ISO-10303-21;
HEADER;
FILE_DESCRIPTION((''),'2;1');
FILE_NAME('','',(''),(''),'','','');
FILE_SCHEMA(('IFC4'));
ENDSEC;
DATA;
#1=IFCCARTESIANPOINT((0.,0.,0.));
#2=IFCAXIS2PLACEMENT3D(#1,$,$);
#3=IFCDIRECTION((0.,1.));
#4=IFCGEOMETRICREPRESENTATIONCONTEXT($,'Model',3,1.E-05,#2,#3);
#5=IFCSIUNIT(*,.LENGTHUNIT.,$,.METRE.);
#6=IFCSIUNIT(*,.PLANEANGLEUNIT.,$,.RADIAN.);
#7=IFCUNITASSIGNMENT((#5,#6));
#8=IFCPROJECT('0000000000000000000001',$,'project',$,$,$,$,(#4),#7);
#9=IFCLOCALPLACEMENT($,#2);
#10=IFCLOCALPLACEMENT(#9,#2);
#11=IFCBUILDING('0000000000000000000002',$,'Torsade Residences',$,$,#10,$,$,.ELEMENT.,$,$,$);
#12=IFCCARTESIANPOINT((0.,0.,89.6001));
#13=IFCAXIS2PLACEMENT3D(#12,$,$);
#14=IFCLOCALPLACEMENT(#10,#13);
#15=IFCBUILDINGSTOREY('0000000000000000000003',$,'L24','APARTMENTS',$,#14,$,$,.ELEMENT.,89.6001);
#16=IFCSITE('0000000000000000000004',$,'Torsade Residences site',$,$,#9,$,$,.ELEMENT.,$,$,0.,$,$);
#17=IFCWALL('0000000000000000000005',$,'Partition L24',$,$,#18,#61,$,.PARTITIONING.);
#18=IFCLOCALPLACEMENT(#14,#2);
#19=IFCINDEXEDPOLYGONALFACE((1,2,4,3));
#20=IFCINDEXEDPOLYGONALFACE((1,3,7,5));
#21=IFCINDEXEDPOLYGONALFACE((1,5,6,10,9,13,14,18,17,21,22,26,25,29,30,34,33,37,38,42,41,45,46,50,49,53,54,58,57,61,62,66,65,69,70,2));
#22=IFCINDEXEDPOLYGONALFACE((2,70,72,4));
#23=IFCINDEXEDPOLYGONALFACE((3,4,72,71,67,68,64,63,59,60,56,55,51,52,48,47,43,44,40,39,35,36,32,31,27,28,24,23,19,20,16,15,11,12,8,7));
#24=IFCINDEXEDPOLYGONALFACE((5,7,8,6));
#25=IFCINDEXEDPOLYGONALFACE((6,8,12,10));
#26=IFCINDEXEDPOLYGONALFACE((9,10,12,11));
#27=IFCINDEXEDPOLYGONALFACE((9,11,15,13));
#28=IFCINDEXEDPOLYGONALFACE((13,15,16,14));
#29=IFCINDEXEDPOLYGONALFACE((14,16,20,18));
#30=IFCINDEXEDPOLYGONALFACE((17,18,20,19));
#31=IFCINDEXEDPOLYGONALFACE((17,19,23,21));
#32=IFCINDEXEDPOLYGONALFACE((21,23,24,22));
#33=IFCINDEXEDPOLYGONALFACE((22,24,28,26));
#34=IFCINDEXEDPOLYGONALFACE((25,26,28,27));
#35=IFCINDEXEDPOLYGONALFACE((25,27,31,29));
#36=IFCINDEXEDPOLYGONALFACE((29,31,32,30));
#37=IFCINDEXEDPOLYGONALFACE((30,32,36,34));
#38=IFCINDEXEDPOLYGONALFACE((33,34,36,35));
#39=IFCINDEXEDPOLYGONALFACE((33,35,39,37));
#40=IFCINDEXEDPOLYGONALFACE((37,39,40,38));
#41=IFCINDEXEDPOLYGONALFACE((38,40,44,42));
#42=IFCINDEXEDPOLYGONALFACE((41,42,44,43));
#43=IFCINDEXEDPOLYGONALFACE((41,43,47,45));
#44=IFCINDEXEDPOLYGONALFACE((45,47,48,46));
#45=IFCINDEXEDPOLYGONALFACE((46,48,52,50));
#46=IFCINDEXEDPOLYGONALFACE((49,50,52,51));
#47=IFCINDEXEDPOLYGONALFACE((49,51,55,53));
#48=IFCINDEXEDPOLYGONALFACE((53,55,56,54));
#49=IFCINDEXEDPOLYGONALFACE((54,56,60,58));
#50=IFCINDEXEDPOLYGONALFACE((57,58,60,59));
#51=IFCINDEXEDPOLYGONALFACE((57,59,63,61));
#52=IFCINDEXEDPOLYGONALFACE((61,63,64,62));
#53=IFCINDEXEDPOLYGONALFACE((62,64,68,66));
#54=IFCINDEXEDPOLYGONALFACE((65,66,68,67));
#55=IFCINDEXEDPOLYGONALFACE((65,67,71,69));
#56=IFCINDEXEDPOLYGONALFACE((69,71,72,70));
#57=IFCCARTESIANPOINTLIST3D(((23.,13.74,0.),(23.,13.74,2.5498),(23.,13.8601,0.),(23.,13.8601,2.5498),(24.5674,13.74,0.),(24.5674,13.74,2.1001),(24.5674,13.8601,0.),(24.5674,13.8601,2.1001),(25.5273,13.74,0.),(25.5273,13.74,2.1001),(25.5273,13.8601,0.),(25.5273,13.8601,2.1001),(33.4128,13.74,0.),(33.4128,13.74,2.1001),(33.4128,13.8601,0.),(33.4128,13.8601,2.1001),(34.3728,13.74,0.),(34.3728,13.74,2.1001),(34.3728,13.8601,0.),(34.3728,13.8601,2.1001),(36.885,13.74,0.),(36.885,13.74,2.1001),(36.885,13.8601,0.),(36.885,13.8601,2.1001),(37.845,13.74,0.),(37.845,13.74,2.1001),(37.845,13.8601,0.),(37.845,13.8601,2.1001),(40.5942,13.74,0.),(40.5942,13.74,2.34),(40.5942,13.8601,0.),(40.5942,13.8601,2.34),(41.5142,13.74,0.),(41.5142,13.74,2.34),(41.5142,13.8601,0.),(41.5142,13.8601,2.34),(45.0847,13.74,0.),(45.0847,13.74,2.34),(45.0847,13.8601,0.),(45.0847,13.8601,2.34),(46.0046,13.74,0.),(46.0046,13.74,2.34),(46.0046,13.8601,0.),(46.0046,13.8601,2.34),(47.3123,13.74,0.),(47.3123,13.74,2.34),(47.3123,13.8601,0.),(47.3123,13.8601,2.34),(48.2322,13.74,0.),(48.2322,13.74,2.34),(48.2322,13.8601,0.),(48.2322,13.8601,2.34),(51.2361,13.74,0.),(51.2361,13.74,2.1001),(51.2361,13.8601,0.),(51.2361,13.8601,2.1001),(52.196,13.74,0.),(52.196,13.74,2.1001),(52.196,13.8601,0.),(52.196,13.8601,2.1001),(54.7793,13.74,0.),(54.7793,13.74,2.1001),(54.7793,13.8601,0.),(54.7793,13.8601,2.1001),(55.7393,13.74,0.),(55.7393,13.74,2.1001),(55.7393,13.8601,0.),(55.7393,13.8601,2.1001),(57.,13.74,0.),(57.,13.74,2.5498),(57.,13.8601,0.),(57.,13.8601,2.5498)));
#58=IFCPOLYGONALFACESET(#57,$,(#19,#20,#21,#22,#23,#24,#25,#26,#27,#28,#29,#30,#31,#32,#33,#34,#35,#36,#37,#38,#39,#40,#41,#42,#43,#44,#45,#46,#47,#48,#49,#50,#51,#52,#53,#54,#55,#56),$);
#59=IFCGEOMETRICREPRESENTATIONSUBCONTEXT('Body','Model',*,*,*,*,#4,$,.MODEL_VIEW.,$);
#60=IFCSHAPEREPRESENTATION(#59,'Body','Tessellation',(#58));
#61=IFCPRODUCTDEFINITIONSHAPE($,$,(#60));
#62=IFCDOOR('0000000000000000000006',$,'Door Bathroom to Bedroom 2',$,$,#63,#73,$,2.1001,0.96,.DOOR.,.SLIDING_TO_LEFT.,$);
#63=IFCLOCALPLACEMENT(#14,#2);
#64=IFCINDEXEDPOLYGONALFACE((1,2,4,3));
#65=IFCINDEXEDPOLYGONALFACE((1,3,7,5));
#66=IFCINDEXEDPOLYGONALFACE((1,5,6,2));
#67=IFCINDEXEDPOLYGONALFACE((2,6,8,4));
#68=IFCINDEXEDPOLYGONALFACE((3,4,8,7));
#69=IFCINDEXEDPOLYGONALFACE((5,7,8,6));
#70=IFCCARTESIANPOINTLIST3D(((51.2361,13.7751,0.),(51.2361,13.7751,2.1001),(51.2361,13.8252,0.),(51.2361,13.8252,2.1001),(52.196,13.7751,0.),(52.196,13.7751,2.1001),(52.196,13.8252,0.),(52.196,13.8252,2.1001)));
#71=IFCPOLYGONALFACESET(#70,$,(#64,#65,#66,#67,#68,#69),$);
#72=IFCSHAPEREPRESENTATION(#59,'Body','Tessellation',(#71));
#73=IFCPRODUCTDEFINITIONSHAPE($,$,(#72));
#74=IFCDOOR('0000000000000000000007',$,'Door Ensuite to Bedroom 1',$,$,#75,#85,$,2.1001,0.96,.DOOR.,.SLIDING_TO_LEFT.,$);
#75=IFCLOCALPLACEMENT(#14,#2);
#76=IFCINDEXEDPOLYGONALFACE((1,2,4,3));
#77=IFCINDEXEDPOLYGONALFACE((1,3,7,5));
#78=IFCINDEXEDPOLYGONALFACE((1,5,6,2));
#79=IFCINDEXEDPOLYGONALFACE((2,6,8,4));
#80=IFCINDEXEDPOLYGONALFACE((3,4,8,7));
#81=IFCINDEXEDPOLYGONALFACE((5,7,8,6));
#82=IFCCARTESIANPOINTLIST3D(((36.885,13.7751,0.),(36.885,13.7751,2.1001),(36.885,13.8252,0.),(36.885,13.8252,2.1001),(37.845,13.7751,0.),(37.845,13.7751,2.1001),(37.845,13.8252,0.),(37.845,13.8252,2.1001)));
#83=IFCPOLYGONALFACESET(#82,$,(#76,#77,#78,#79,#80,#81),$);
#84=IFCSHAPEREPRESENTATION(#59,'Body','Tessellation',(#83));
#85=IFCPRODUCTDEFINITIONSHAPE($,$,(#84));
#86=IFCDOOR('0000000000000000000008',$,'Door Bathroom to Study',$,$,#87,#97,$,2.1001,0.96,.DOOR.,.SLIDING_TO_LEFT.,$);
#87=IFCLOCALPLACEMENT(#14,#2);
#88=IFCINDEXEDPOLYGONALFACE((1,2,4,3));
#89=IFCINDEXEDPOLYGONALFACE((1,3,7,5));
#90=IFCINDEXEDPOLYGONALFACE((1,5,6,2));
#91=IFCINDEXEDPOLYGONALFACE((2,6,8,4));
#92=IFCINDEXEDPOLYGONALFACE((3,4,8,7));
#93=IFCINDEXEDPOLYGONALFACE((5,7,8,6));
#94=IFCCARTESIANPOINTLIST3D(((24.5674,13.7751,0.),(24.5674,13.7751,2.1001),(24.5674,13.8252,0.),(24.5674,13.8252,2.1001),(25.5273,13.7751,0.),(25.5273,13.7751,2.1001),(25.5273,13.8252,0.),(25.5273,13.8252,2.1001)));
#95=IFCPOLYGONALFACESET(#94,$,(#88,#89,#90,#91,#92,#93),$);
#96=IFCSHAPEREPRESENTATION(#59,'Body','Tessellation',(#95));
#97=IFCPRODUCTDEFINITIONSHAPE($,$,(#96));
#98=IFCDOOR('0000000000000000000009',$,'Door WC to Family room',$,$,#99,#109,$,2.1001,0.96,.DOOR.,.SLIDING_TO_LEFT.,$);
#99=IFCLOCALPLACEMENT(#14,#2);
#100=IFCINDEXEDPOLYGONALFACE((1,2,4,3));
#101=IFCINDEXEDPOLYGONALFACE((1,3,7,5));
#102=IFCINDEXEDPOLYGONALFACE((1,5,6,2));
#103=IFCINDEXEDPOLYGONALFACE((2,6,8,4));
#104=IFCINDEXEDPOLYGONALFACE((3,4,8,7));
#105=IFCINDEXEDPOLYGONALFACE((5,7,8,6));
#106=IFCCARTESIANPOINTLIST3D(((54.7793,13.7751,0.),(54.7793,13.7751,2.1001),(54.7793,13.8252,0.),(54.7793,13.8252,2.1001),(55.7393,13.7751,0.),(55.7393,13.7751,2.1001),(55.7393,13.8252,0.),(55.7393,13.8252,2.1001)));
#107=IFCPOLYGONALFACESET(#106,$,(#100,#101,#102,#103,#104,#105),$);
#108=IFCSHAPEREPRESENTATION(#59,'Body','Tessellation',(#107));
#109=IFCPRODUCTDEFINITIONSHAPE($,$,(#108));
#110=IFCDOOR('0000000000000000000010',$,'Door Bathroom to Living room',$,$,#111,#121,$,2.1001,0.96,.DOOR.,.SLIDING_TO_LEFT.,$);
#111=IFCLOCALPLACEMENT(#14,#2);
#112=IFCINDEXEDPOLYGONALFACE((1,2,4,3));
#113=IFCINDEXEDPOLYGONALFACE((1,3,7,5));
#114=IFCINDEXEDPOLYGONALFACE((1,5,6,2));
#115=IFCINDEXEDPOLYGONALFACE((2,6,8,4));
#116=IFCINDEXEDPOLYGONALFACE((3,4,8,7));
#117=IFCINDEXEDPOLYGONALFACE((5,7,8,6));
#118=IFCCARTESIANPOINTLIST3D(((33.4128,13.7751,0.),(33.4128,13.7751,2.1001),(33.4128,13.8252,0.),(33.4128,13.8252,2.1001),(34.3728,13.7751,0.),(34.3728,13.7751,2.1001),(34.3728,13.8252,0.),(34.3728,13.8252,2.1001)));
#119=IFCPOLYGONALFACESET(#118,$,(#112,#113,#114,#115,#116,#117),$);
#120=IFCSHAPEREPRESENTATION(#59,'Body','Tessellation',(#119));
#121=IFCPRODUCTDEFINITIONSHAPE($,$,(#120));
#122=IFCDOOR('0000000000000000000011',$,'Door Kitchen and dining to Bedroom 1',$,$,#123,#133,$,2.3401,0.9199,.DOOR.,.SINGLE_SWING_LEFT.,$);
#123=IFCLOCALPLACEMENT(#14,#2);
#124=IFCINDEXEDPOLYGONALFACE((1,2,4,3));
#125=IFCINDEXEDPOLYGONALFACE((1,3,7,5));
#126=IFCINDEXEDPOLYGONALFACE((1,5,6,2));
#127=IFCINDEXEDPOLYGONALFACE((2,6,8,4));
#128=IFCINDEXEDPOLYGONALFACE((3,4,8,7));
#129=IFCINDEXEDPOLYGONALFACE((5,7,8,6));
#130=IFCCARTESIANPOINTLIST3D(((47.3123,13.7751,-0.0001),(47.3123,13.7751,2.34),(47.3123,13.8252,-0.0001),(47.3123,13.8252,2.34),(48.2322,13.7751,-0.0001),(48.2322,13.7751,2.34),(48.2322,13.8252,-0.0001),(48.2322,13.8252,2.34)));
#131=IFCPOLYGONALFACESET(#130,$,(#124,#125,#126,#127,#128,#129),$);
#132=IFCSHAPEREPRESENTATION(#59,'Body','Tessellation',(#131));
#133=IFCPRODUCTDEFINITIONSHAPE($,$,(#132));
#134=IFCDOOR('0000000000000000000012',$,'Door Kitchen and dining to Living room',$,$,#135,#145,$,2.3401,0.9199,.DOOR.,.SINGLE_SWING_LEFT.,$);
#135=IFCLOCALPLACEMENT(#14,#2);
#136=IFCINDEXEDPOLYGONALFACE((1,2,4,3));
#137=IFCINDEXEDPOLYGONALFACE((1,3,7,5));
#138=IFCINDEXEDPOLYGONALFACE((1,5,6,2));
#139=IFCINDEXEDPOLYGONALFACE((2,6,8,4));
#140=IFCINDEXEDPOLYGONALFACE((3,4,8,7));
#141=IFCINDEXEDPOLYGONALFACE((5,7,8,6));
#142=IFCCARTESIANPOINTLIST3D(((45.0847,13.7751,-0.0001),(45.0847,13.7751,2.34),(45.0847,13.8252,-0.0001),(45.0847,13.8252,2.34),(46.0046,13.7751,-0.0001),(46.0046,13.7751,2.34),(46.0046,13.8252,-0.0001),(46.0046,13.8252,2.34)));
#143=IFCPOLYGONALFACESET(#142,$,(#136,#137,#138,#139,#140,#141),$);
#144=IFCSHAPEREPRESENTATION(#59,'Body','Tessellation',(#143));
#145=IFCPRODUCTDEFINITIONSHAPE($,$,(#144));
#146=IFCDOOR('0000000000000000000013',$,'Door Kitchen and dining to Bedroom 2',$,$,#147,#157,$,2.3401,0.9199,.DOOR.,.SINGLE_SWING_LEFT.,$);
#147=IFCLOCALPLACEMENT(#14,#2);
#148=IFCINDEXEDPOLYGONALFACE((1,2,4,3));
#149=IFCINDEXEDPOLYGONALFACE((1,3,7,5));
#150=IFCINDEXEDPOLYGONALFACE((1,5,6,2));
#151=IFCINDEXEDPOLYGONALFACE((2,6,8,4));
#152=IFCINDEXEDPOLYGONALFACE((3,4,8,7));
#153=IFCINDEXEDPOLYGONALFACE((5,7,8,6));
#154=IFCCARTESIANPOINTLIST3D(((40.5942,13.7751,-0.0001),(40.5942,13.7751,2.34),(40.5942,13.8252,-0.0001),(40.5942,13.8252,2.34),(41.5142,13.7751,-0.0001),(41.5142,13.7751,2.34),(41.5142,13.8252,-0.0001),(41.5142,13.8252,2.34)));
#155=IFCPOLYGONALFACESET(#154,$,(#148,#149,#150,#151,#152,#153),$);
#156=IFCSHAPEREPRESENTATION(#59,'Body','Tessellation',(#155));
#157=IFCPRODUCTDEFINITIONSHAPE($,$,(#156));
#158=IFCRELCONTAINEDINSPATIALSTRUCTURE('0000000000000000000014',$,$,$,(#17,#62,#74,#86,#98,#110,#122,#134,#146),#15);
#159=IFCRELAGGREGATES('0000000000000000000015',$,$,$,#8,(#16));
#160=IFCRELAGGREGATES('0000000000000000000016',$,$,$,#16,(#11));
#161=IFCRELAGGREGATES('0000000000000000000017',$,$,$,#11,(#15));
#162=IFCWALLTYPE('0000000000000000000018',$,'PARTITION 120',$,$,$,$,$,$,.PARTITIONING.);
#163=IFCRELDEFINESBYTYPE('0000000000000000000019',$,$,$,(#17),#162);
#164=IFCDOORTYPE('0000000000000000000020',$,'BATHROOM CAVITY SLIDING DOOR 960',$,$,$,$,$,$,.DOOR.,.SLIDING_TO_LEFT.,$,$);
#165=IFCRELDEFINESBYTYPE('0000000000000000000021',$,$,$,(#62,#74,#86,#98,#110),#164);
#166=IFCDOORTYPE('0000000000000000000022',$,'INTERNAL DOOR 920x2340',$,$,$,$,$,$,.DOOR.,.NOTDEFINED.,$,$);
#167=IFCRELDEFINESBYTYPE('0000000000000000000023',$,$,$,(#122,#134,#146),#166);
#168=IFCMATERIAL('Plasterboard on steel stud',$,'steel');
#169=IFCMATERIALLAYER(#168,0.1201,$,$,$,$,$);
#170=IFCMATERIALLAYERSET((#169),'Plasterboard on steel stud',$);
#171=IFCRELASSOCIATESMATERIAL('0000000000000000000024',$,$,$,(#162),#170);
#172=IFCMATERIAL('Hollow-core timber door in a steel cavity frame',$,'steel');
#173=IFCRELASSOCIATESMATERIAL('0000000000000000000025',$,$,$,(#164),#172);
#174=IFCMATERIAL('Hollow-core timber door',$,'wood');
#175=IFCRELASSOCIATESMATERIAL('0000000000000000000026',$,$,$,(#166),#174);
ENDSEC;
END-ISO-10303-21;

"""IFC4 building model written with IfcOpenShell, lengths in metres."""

from ifc_helpers import new_model, si_unit, direction, frame, frame_2d, origin, place, context, subcontext, project, spatial, rectangle, extrude, material, layer, layer_set, type_object, element, fill, save


model = new_model("IFC4")

# Units and contexts
model_context = context("Model", 3, precision=1e-05, world=origin(), true_north=direction((0.0, 1.0)))
body_context = subcontext(model_context, "Body", "Model", "MODEL_VIEW")
ifc_project = project(units=[si_unit("LENGTHUNIT", "METRE"), si_unit("PLANEANGLEUNIT", "RADIAN")], contexts=[model_context])

# Site, building, storey
site_placement = place(None, origin())
site = spatial("IfcSite", under=ifc_project, at=site_placement, Name="Torsade Residences site", CompositionType="ELEMENT", RefElevation=0.0)
building_placement = place(site_placement, origin())
building = spatial("IfcBuilding", under=site, at=building_placement, Name="Torsade Residences", CompositionType="ELEMENT")
storey_placement = place(building_placement, frame((0.0, 0.0, 89.6001)))
storey = spatial("IfcBuildingStorey", under=building, at=storey_placement, Name="L24", Description="APARTMENTS", CompositionType="ELEMENT", Elevation=89.6001)

# Wall, openings, doors
ifc_material_1 = material(Name="Plasterboard on steel stud", Category="steel")
ifc_layer_1 = layer(ifc_material_1, 0.1201)
ifc_layer_set_1 = layer_set([ifc_layer_1], Name="Plasterboard on steel stud")
wall_type_1 = type_object("IfcWallType", Name="PARTITION 120", PredefinedType="PARTITIONING", material=ifc_layer_set_1)
wall_1_placement = place(storey_placement, frame((57.0, 13.8, 0.0), z_axis=(0.0, 0.0, 1.0), x_axis=(-1.0, 0.0, 0.0)))
wall_1 = element("IfcWall", 1, at=wall_1_placement, inside=storey, type_object=wall_type_1, Name="Partition L24", PredefinedType="PARTITIONING", context=body_context, shape_type="SweptSolid", body=[
    extrude(rectangle(XDim=34.0, YDim=0.1201, at=frame_2d((17.0, 0.0))), origin(), (0.0, 0.0, 1.0), 2.5498),
])
opening_1_placement = place(wall_1_placement, frame((8.7678, 0.0, 0.0)))
opening_1 = element("IfcOpeningElement", 2, at=opening_1_placement, cuts=wall_1, PredefinedType="OPENING", context=body_context, shape_type="SweptSolid", body=[
    extrude(rectangle(XDim=0.9199, YDim=2.3401, at=frame_2d((0.46, 1.1699))), frame((0.0, 0.0701, 0.0), z_axis=(0.0, -1.0, 0.0), x_axis=(1.0, 0.0, 0.0)), (0.0, 0.0, 1.0), 0.1401),
])
opening_2_placement = place(wall_1_placement, frame((10.9954, 0.0, 0.0)))
opening_2 = element("IfcOpeningElement", 3, at=opening_2_placement, cuts=wall_1, PredefinedType="OPENING", context=body_context, shape_type="SweptSolid", body=[
    extrude(rectangle(XDim=0.9199, YDim=2.3401, at=frame_2d((0.46, 1.1699))), frame((0.0, 0.0701, 0.0), z_axis=(0.0, -1.0, 0.0), x_axis=(1.0, 0.0, 0.0)), (0.0, 0.0, 1.0), 0.1401),
])
opening_3_placement = place(wall_1_placement, frame((15.4858, 0.0, 0.0)))
opening_3 = element("IfcOpeningElement", 4, at=opening_3_placement, cuts=wall_1, PredefinedType="OPENING", context=body_context, shape_type="SweptSolid", body=[
    extrude(rectangle(XDim=0.9199, YDim=2.3401, at=frame_2d((0.46, 1.1699))), frame((0.0, 0.0701, 0.0), z_axis=(0.0, -1.0, 0.0), x_axis=(1.0, 0.0, 0.0)), (0.0, 0.0, 1.0), 0.1401),
])
opening_4_placement = place(wall_1_placement, frame((4.804, 0.0, 0.0)))
opening_4 = element("IfcOpeningElement", 5, at=opening_4_placement, cuts=wall_1, PredefinedType="OPENING", context=body_context, shape_type="SweptSolid", body=[
    extrude(rectangle(XDim=0.96, YDim=2.1001, at=frame_2d((0.48, 1.05))), frame((0.0, 0.0701, 0.0), z_axis=(0.0, -1.0, 0.0), x_axis=(1.0, 0.0, 0.0)), (0.0, 0.0, 1.0), 0.1401),
])
opening_5_placement = place(wall_1_placement, frame((19.155, 0.0, 0.0)))
opening_5 = element("IfcOpeningElement", 6, at=opening_5_placement, cuts=wall_1, PredefinedType="OPENING", context=body_context, shape_type="SweptSolid", body=[
    extrude(rectangle(XDim=0.96, YDim=2.1001, at=frame_2d((0.48, 1.05))), frame((0.0, 0.0701, 0.0), z_axis=(0.0, -1.0, 0.0), x_axis=(1.0, 0.0, 0.0)), (0.0, 0.0, 1.0), 0.1401),
])
opening_6_placement = place(wall_1_placement, frame((31.4727, 0.0, 0.0)))
opening_6 = element("IfcOpeningElement", 7, at=opening_6_placement, cuts=wall_1, PredefinedType="OPENING", context=body_context, shape_type="SweptSolid", body=[
    extrude(rectangle(XDim=0.96, YDim=2.1001, at=frame_2d((0.48, 1.05))), frame((0.0, 0.0701, 0.0), z_axis=(0.0, -1.0, 0.0), x_axis=(1.0, 0.0, 0.0)), (0.0, 0.0, 1.0), 0.1401),
])
opening_7_placement = place(wall_1_placement, frame((1.2607, 0.0, 0.0)))
opening_7 = element("IfcOpeningElement", 8, at=opening_7_placement, cuts=wall_1, PredefinedType="OPENING", context=body_context, shape_type="SweptSolid", body=[
    extrude(rectangle(XDim=0.96, YDim=2.1001, at=frame_2d((0.48, 1.05))), frame((0.0, 0.0701, 0.0), z_axis=(0.0, -1.0, 0.0), x_axis=(1.0, 0.0, 0.0)), (0.0, 0.0, 1.0), 0.1401),
])
opening_8_placement = place(wall_1_placement, frame((22.6272, 0.0, 0.0)))
opening_8 = element("IfcOpeningElement", 9, at=opening_8_placement, cuts=wall_1, PredefinedType="OPENING", context=body_context, shape_type="SweptSolid", body=[
    extrude(rectangle(XDim=0.96, YDim=2.1001, at=frame_2d((0.48, 1.05))), frame((0.0, 0.0701, 0.0), z_axis=(0.0, -1.0, 0.0), x_axis=(1.0, 0.0, 0.0)), (0.0, 0.0, 1.0), 0.1401),
])
ifc_material_2 = material(Name="Hollow-core timber door in a steel cavity frame", Category="steel")
door_type_1 = type_object("IfcDoorType", Name="BATHROOM CAVITY SLIDING DOOR 960", OperationType="SLIDING_TO_LEFT", PredefinedType="DOOR", material=ifc_material_2)
door_1_placement = place(opening_4_placement, origin())
door_1 = element("IfcDoor", 10, at=door_1_placement, inside=storey, type_object=door_type_1, Name="Door Bathroom to Bedroom 2", OperationType="SLIDING_TO_LEFT", OverallHeight=2.1001, OverallWidth=0.96, PredefinedType="DOOR", context=body_context, shape_type="SweptSolid", body=[
    extrude(rectangle(XDim=0.96, YDim=2.1001, at=frame_2d((0.48, 1.05))), frame((0.0, 0.0249, 0.0), z_axis=(0.0, -1.0, 0.0), x_axis=(1.0, 0.0, 0.0)), (0.0, 0.0, 1.0), 0.05),
])
fill(opening_4, door_1)
door_2_placement = place(opening_5_placement, origin())
door_2 = element("IfcDoor", 11, at=door_2_placement, inside=storey, type_object=door_type_1, Name="Door Ensuite to Bedroom 1", OperationType="SLIDING_TO_LEFT", OverallHeight=2.1001, OverallWidth=0.96, PredefinedType="DOOR", context=body_context, shape_type="SweptSolid", body=[
    extrude(rectangle(XDim=0.96, YDim=2.1001, at=frame_2d((0.48, 1.05))), frame((0.0, 0.0249, 0.0), z_axis=(0.0, -1.0, 0.0), x_axis=(1.0, 0.0, 0.0)), (0.0, 0.0, 1.0), 0.05),
])
fill(opening_5, door_2)
door_3_placement = place(opening_6_placement, origin())
door_3 = element("IfcDoor", 12, at=door_3_placement, inside=storey, type_object=door_type_1, Name="Door Bathroom to Study", OperationType="SLIDING_TO_LEFT", OverallHeight=2.1001, OverallWidth=0.96, PredefinedType="DOOR", context=body_context, shape_type="SweptSolid", body=[
    extrude(rectangle(XDim=0.96, YDim=2.1001, at=frame_2d((0.48, 1.05))), frame((0.0, 0.0249, 0.0), z_axis=(0.0, -1.0, 0.0), x_axis=(1.0, 0.0, 0.0)), (0.0, 0.0, 1.0), 0.05),
])
fill(opening_6, door_3)
door_4_placement = place(opening_7_placement, origin())
door_4 = element("IfcDoor", 13, at=door_4_placement, inside=storey, type_object=door_type_1, Name="Door WC to Family room", OperationType="SLIDING_TO_LEFT", OverallHeight=2.1001, OverallWidth=0.96, PredefinedType="DOOR", context=body_context, shape_type="SweptSolid", body=[
    extrude(rectangle(XDim=0.96, YDim=2.1001, at=frame_2d((0.48, 1.05))), frame((0.0, 0.0249, 0.0), z_axis=(0.0, -1.0, 0.0), x_axis=(1.0, 0.0, 0.0)), (0.0, 0.0, 1.0), 0.05),
])
fill(opening_7, door_4)
door_5_placement = place(opening_8_placement, origin())
door_5 = element("IfcDoor", 14, at=door_5_placement, inside=storey, type_object=door_type_1, Name="Door Bathroom to Living room", OperationType="SLIDING_TO_LEFT", OverallHeight=2.1001, OverallWidth=0.96, PredefinedType="DOOR", context=body_context, shape_type="SweptSolid", body=[
    extrude(rectangle(XDim=0.96, YDim=2.1001, at=frame_2d((0.48, 1.05))), frame((0.0, 0.0249, 0.0), z_axis=(0.0, -1.0, 0.0), x_axis=(1.0, 0.0, 0.0)), (0.0, 0.0, 1.0), 0.05),
])
fill(opening_8, door_5)
ifc_material_3 = material(Name="Hollow-core timber door", Category="wood")
door_type_2 = type_object("IfcDoorType", Name="INTERNAL DOOR 920x2340", OperationType="NOTDEFINED", PredefinedType="DOOR", material=ifc_material_3)
door_6_placement = place(opening_1_placement, origin())
door_6 = element("IfcDoor", 15, at=door_6_placement, inside=storey, type_object=door_type_2, Name="Door Kitchen and dining to Bedroom 1", OperationType="SINGLE_SWING_LEFT", OverallHeight=2.3401, OverallWidth=0.9199, PredefinedType="DOOR", context=body_context, shape_type="SweptSolid", body=[
    extrude(rectangle(XDim=0.9199, YDim=2.3401, at=frame_2d((0.46, 1.1699))), frame((0.0, 0.0249, 0.0), z_axis=(0.0, -1.0, 0.0), x_axis=(1.0, 0.0, 0.0)), (0.0, 0.0, 1.0), 0.05),
])
fill(opening_1, door_6)
door_7_placement = place(opening_2_placement, origin())
door_7 = element("IfcDoor", 16, at=door_7_placement, inside=storey, type_object=door_type_2, Name="Door Kitchen and dining to Living room", OperationType="SINGLE_SWING_LEFT", OverallHeight=2.3401, OverallWidth=0.9199, PredefinedType="DOOR", context=body_context, shape_type="SweptSolid", body=[
    extrude(rectangle(XDim=0.9199, YDim=2.3401, at=frame_2d((0.46, 1.1699))), frame((0.0, 0.0249, 0.0), z_axis=(0.0, -1.0, 0.0), x_axis=(1.0, 0.0, 0.0)), (0.0, 0.0, 1.0), 0.05),
])
fill(opening_2, door_7)
door_8_placement = place(opening_3_placement, origin())
door_8 = element("IfcDoor", 17, at=door_8_placement, inside=storey, type_object=door_type_2, Name="Door Kitchen and dining to Bedroom 2", OperationType="SINGLE_SWING_LEFT", OverallHeight=2.3401, OverallWidth=0.9199, PredefinedType="DOOR", context=body_context, shape_type="SweptSolid", body=[
    extrude(rectangle(XDim=0.9199, YDim=2.3401, at=frame_2d((0.46, 1.1699))), frame((0.0, 0.0249, 0.0), z_axis=(0.0, -1.0, 0.0), x_axis=(1.0, 0.0, 0.0)), (0.0, 0.0, 1.0), 0.05),
])
fill(opening_3, door_8)

save(model, "model.ifc")
